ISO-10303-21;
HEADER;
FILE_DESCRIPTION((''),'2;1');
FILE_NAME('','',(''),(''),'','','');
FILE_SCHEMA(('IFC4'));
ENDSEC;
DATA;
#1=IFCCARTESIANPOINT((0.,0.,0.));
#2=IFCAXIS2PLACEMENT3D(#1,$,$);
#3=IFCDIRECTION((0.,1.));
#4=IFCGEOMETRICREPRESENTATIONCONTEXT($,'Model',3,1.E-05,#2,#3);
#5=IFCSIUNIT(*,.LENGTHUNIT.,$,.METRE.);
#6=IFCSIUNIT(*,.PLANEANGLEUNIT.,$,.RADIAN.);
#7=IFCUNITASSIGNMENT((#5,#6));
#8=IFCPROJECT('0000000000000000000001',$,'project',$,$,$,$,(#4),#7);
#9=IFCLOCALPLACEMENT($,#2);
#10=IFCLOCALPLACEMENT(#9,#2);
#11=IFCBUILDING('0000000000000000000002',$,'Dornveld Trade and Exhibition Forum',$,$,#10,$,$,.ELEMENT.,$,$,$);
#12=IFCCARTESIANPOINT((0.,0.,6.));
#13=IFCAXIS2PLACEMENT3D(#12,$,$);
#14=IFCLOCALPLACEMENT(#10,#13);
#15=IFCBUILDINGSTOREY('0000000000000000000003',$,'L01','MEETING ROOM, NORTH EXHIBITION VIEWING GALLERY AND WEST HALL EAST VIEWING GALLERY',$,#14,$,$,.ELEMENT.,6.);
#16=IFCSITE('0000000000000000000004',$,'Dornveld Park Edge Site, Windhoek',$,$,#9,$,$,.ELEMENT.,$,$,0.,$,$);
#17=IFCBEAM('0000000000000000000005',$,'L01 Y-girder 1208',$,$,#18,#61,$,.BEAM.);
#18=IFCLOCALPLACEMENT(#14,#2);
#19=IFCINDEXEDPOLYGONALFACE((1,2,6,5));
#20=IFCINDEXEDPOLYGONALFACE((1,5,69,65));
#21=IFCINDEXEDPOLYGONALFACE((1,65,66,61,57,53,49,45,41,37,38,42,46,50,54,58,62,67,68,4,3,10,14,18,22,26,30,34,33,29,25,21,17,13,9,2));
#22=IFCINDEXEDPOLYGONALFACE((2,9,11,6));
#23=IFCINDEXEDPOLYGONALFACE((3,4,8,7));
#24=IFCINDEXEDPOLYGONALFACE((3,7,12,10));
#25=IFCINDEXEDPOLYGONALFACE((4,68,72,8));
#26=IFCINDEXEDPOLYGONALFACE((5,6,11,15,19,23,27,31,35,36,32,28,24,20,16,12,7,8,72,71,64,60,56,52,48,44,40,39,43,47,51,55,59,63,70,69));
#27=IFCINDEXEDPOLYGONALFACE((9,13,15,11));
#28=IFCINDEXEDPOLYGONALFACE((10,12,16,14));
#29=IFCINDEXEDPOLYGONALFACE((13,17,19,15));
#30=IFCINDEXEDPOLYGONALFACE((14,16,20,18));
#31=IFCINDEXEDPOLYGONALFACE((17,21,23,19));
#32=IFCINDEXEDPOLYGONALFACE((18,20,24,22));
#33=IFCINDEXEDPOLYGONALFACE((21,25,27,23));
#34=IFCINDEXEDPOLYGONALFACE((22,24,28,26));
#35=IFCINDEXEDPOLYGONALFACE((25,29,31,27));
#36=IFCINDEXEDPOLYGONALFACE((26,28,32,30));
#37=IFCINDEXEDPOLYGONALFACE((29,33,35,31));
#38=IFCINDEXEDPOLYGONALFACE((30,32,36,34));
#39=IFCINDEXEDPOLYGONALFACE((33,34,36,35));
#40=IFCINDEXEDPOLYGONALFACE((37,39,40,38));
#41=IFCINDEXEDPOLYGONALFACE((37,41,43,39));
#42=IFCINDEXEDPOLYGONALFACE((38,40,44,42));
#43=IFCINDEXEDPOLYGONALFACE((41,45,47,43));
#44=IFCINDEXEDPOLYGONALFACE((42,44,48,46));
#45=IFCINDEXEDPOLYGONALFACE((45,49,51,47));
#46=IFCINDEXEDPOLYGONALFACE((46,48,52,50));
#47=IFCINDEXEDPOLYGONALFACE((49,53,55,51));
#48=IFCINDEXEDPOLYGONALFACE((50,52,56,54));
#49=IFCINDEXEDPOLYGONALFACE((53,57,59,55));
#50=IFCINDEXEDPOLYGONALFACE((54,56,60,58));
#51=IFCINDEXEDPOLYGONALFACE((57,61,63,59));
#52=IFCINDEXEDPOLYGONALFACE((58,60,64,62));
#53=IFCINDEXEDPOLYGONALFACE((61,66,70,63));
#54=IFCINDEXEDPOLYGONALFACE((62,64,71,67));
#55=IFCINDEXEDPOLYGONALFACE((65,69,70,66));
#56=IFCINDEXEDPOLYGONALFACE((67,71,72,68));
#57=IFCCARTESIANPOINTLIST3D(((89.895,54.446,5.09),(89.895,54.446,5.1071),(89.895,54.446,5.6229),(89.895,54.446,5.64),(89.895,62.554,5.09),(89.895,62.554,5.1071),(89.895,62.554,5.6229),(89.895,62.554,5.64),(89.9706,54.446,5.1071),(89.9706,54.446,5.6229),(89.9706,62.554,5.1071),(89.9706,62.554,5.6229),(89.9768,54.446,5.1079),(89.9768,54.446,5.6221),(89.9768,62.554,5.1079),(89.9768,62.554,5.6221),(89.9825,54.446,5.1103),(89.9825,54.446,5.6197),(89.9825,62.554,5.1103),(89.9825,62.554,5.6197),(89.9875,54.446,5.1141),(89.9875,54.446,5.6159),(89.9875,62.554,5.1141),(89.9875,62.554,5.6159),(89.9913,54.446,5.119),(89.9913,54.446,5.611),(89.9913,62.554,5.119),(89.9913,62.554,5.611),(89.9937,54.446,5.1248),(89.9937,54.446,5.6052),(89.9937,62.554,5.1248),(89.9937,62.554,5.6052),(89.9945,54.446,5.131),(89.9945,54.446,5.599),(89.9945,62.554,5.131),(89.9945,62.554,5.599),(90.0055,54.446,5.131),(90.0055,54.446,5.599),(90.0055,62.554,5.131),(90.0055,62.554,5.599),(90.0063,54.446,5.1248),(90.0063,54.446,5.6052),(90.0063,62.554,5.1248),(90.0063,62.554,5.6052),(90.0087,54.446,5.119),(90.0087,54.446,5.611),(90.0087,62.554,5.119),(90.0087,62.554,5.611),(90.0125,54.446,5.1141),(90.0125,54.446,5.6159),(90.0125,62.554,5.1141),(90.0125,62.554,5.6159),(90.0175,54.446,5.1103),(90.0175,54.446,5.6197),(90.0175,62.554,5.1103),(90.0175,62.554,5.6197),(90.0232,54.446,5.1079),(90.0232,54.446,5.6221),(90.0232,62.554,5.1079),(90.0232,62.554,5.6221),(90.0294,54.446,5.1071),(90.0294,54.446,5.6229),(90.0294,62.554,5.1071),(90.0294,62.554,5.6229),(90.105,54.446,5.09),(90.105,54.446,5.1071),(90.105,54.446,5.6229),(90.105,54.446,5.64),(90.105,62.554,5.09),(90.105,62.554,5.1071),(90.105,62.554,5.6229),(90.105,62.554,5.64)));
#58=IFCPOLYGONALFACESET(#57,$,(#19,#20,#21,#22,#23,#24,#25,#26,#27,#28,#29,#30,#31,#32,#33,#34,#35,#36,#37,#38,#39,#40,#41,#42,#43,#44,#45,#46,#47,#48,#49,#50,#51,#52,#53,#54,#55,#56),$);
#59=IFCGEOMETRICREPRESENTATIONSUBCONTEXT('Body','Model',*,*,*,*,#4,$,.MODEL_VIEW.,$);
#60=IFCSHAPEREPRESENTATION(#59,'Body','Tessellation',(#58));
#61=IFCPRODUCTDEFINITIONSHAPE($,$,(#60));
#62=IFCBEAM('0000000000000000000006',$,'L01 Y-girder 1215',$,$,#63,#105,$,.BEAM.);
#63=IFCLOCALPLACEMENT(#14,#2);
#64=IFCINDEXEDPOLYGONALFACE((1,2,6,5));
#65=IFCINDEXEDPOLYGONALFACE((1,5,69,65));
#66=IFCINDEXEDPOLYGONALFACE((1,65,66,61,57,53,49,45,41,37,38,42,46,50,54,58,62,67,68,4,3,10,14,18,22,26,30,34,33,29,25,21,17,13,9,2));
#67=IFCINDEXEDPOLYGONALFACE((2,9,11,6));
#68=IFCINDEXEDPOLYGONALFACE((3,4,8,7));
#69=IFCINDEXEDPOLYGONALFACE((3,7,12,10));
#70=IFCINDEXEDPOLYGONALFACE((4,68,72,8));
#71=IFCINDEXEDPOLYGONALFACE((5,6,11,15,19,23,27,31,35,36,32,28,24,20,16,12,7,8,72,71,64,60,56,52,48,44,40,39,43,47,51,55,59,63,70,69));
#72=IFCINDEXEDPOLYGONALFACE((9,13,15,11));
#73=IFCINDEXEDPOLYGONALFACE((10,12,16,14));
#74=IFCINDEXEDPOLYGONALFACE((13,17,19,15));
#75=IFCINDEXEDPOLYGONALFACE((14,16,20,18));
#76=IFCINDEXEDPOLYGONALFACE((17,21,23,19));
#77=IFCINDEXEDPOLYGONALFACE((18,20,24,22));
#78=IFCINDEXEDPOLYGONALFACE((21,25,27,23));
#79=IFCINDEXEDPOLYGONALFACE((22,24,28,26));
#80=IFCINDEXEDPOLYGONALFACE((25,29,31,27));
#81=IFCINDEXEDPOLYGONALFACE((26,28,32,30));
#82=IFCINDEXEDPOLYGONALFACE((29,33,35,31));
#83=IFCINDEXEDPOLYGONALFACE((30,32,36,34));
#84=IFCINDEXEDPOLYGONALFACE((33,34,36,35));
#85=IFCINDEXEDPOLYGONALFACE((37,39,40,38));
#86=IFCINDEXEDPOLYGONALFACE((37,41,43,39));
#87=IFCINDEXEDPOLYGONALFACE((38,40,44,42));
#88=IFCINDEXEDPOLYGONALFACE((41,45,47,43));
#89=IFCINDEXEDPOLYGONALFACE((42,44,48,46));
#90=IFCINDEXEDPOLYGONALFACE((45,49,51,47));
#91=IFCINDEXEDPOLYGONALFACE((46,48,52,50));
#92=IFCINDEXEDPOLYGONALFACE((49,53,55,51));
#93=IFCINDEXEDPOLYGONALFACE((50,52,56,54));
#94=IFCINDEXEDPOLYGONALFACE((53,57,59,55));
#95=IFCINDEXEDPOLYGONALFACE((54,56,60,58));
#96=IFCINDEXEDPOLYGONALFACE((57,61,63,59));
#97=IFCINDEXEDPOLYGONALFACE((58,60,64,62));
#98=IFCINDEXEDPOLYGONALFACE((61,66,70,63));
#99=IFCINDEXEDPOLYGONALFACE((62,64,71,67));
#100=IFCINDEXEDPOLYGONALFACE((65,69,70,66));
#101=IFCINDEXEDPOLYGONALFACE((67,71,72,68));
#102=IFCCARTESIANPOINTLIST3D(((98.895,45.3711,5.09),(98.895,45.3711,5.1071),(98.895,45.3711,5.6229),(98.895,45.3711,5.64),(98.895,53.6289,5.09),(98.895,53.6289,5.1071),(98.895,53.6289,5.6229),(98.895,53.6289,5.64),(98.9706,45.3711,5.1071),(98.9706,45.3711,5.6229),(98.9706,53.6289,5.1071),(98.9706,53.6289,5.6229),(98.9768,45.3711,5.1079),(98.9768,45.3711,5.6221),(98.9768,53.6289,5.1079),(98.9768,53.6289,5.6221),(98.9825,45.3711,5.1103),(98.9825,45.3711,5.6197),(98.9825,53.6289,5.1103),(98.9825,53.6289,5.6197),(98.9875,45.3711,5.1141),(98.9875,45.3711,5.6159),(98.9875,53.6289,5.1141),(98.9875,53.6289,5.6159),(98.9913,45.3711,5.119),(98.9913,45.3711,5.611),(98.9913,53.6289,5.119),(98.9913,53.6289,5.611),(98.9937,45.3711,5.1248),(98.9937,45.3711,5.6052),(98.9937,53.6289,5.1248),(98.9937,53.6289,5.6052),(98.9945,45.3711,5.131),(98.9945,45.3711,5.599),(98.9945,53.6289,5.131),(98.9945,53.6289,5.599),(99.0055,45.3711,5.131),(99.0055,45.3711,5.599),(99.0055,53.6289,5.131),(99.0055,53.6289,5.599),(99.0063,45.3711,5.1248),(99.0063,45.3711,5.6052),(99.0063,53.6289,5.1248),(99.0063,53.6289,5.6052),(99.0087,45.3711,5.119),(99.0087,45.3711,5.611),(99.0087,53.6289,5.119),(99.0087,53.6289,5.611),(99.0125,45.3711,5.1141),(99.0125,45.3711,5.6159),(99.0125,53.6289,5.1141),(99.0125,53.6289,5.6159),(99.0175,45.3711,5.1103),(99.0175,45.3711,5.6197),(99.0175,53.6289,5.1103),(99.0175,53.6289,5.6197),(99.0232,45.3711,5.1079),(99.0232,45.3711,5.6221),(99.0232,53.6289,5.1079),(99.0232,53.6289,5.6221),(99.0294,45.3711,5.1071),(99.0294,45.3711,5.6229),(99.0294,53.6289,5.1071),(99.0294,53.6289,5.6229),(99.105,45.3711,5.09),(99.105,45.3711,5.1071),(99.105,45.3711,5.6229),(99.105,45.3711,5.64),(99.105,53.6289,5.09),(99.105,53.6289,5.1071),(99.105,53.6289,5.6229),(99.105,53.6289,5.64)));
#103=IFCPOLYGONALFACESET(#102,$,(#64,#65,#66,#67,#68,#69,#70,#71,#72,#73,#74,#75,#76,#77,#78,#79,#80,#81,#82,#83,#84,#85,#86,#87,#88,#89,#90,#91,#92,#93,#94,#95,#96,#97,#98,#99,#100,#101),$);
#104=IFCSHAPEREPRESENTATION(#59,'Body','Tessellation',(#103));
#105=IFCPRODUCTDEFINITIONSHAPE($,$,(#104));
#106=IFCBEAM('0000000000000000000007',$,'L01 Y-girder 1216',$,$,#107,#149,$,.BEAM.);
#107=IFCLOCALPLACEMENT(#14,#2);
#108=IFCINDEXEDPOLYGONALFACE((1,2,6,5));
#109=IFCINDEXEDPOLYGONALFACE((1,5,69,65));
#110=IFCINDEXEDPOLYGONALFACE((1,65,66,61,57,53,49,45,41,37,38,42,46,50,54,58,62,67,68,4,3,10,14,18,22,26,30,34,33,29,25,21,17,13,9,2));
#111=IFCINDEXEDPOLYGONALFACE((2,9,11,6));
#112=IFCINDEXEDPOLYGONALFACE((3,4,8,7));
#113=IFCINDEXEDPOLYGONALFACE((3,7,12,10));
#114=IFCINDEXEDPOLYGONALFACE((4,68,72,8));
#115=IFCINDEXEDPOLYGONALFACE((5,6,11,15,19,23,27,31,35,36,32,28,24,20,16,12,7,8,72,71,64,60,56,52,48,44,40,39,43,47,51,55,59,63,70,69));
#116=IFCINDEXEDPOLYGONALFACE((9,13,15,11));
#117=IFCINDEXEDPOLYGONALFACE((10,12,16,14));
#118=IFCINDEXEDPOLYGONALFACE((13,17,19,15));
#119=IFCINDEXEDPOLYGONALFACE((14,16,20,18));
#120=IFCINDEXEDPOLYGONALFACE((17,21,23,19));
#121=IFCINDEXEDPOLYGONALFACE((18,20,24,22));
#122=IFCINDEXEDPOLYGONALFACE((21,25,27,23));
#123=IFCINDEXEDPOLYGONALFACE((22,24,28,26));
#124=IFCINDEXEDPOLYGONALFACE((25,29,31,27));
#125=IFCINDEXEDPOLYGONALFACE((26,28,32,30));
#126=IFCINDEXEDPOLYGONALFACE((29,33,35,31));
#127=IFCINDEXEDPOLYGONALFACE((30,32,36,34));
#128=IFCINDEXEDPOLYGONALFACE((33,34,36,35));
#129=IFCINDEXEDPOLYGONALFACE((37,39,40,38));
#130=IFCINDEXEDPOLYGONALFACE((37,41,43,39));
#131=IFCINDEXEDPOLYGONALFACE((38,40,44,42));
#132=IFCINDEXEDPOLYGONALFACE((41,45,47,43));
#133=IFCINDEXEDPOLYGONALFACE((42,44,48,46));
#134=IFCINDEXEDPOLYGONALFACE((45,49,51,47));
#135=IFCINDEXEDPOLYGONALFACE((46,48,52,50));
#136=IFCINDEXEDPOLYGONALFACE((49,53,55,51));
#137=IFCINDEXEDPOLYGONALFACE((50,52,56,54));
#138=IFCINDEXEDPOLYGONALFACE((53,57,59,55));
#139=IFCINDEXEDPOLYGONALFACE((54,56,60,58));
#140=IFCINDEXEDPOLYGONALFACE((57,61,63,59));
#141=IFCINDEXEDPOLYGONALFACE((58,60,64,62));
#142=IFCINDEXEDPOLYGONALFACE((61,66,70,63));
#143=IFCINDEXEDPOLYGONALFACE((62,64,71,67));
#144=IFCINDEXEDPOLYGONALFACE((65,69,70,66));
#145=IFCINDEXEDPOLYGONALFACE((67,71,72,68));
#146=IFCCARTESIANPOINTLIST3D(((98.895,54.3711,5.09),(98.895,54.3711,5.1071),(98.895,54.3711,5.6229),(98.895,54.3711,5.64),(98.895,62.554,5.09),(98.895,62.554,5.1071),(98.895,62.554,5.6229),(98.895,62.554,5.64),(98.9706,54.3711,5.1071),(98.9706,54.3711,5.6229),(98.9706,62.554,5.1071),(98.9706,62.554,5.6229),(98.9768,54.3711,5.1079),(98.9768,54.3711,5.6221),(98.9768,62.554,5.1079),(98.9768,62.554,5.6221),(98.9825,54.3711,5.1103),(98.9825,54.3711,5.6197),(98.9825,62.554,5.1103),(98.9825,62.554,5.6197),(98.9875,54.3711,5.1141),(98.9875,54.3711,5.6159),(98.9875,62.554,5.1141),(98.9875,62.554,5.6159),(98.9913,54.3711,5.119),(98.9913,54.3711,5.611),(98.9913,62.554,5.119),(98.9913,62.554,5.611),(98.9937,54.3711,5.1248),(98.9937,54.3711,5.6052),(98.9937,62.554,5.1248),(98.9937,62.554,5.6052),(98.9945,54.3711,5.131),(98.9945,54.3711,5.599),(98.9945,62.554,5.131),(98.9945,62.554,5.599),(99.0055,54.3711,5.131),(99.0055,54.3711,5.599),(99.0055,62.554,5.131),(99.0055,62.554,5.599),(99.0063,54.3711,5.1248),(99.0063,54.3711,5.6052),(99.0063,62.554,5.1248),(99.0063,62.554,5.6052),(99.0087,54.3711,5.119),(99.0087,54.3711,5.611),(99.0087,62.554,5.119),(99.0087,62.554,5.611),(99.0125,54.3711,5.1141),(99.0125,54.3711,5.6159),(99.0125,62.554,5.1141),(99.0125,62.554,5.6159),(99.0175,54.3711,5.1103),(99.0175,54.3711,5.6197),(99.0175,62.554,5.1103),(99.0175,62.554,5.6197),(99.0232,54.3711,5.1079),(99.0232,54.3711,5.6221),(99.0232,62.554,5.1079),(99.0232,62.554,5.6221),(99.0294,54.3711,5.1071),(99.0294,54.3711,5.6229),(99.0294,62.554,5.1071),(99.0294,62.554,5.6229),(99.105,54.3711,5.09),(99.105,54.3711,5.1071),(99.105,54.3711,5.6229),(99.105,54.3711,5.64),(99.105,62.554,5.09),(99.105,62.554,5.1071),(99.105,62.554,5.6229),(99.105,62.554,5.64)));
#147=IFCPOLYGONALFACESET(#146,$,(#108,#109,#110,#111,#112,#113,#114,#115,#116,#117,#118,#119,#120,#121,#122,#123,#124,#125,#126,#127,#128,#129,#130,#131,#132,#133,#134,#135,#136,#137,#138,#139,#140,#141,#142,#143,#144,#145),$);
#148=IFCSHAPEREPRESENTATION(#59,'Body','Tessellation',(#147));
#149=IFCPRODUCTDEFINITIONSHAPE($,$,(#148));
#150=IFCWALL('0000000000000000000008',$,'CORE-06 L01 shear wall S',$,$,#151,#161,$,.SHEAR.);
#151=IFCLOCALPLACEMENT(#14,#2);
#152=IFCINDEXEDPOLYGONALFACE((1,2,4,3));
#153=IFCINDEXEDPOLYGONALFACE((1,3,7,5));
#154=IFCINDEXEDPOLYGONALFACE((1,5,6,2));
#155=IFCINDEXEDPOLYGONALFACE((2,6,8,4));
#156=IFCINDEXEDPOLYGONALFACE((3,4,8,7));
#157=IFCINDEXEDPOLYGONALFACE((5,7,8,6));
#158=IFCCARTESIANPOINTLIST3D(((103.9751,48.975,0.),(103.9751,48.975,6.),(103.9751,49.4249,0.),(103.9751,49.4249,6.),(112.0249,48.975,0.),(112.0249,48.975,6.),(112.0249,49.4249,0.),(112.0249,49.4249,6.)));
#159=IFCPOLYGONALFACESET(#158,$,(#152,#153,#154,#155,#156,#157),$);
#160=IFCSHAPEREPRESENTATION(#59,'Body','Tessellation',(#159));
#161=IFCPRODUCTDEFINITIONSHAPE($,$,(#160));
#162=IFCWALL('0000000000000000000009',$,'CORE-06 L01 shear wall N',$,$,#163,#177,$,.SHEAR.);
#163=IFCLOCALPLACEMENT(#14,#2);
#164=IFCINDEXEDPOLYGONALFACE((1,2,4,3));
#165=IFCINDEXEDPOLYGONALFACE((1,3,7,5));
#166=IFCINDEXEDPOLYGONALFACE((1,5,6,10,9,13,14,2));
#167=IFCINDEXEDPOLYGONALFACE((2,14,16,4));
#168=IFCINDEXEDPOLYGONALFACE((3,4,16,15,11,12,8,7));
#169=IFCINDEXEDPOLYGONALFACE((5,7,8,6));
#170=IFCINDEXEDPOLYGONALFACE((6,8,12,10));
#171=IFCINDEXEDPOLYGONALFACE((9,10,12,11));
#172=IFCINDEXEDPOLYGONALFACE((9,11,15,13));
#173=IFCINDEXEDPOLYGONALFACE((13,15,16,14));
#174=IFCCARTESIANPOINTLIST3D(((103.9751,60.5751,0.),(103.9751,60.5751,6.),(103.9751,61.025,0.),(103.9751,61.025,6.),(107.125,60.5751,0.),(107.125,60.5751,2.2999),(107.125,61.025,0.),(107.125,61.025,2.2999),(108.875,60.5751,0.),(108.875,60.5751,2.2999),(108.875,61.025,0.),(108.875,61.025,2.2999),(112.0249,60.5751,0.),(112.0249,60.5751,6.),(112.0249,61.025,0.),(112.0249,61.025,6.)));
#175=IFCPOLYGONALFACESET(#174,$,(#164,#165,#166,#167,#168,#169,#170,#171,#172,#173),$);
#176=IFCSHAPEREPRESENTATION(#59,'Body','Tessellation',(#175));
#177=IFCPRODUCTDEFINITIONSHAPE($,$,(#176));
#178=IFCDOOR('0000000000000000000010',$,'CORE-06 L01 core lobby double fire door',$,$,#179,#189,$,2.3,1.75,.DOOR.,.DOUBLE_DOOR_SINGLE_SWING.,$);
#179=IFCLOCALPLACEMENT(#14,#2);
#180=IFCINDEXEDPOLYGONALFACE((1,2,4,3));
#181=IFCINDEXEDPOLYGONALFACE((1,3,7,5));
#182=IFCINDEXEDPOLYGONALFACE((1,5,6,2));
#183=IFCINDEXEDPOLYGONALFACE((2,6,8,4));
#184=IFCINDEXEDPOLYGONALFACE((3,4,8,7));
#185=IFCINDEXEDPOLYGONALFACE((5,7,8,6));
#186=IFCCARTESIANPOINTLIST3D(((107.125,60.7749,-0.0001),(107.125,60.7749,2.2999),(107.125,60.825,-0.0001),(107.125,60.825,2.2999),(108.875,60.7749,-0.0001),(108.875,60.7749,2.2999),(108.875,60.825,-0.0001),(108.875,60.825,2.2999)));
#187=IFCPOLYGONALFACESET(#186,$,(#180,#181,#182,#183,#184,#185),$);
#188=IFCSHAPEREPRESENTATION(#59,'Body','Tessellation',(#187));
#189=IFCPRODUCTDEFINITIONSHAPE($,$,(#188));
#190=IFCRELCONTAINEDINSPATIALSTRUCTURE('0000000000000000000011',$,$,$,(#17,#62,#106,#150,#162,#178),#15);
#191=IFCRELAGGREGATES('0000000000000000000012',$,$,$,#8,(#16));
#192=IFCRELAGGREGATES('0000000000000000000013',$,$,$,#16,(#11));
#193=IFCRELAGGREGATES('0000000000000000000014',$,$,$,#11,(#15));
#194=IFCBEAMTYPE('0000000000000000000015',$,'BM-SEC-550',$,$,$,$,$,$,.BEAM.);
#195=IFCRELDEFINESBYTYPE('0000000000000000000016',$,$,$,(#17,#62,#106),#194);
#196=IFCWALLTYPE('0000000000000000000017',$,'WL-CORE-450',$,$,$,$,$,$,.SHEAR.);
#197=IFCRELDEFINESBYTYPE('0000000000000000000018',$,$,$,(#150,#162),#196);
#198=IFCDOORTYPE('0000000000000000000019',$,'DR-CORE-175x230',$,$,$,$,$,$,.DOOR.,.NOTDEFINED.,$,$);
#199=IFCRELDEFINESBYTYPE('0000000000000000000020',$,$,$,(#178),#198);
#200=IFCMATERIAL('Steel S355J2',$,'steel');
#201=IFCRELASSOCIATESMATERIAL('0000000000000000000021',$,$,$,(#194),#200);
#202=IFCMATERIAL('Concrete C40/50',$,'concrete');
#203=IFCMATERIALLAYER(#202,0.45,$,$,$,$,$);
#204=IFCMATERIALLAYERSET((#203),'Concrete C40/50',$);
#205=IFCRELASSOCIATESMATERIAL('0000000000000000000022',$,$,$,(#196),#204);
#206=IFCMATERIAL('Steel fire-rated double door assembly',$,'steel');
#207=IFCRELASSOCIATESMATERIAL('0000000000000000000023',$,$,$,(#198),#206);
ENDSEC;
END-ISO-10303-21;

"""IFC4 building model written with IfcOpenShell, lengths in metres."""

from ifc_helpers import new_model, si_unit, direction, frame, frame_2d, origin, origin_2d, place, context, subcontext, project, spatial, rectangle, i_section, extrude, material, layer, layer_set, material_profile, profile_set, type_object, element, fill, save


model = new_model("IFC4")

# Units and contexts
model_context = context("Model", 3, precision=1e-05, world=origin(), true_north=direction((0.0, 1.0)))
body_context = subcontext(model_context, "Body", "Model", "MODEL_VIEW")
ifc_project = project(units=[si_unit("LENGTHUNIT", "METRE"), si_unit("PLANEANGLEUNIT", "RADIAN")], contexts=[model_context])

# Site, building, storey
site_placement = place(None, origin())
site = spatial("IfcSite", under=ifc_project, at=site_placement, Name="Dornveld Park Edge Site, Windhoek", CompositionType="ELEMENT", RefElevation=0.0)
building_placement = place(site_placement, origin())
building = spatial("IfcBuilding", under=site, at=building_placement, Name="Dornveld Trade and Exhibition Forum", CompositionType="ELEMENT")
storey_placement = place(building_placement, frame((0.0, 0.0, 6.0)))
storey = spatial("IfcBuildingStorey", under=building, at=storey_placement, Name="L01", Description="MEETING ROOM, NORTH EXHIBITION VIEWING GALLERY AND WEST HALL EAST VIEWING GALLERY", CompositionType="ELEMENT", Elevation=6.0)

# Beams
ifc_material_1 = material(Name="Steel S355J2", Category="steel")
ifc_material_profile_1 = material_profile(ifc_material_1, i_section(OverallWidth=0.21, OverallDepth=0.55, WebThickness=0.011, FlangeThickness=0.0171, FilletRadius=0.0239, at=origin_2d()), Name="IPE 550")
ifc_profile_set_1 = profile_set([ifc_material_profile_1], Name="Steel S355J2")
beam_type_1 = type_object("IfcBeamType", Name="BM-SEC-550", PredefinedType="BEAM", material=ifc_profile_set_1)
for number, where, z_axis, x_axis, name in (
    (1, (90.0, 54.446, 5.365), (0.0, 1.0, 0.0), (-1.0, 0.0, 0.0), "L01 Y-girder 1208"),
):
    element("IfcBeam", number, at=place(storey_placement, frame(where, z_axis=z_axis, x_axis=x_axis)), inside=storey, type_object=beam_type_1, Name=name, PredefinedType="BEAM", context=body_context, shape_type="SweptSolid", body=[
        extrude(i_section(OverallWidth=0.21, OverallDepth=0.55, WebThickness=0.011, FlangeThickness=0.0171, FilletRadius=0.0239, at=origin_2d()), origin(), (0.0, 0.0, 1.0), 8.1079),
    ])
beam_1_placement = place(storey_placement, frame((99.0, 45.3711, 5.365), z_axis=(0.0, 1.0, 0.0), x_axis=(-1.0, 0.0, 0.0)))
element("IfcBeam", 2, at=beam_1_placement, inside=storey, type_object=beam_type_1, Name="L01 Y-girder 1215", PredefinedType="BEAM", context=body_context, shape_type="SweptSolid", body=[
    extrude(i_section(OverallWidth=0.21, OverallDepth=0.55, WebThickness=0.011, FlangeThickness=0.0171, FilletRadius=0.0239, at=origin_2d()), origin(), (0.0, 0.0, 1.0), 8.2578),
])
beam_2_placement = place(storey_placement, frame((99.0, 54.3711, 5.365), z_axis=(0.0, 1.0, 0.0), x_axis=(-1.0, 0.0, 0.0)))
element("IfcBeam", 3, at=beam_2_placement, inside=storey, type_object=beam_type_1, Name="L01 Y-girder 1216", PredefinedType="BEAM", context=body_context, shape_type="SweptSolid", body=[
    extrude(i_section(OverallWidth=0.21, OverallDepth=0.55, WebThickness=0.011, FlangeThickness=0.0171, FilletRadius=0.0239, at=origin_2d()), origin(), (0.0, 0.0, 1.0), 8.1829),
])

# Wall
ifc_material_2 = material(Name="Concrete C40/50", Category="concrete")
ifc_layer_1 = layer(ifc_material_2, 0.45)
ifc_layer_set_1 = layer_set([ifc_layer_1], Name="Concrete C40/50")
wall_type_1 = type_object("IfcWallType", Name="WL-CORE-450", PredefinedType="SHEAR", material=ifc_layer_set_1)
wall_1_placement = place(storey_placement, frame((103.9751, 49.2, 0.0), z_axis=(0.0, 0.0, 1.0), x_axis=(1.0, 0.0, 0.0)))
element("IfcWall", 4, at=wall_1_placement, inside=storey, type_object=wall_type_1, Name="CORE-06 L01 shear wall S", PredefinedType="SHEAR", context=body_context, shape_type="SweptSolid", body=[
    extrude(rectangle(XDim=8.0498, YDim=0.45, at=frame_2d((4.0249, 0.0))), origin(), (0.0, 0.0, 1.0), 6.0),
])

# Wall, opening, door
wall_2_placement = place(storey_placement, frame((103.9751, 60.8, 0.0), z_axis=(0.0, 0.0, 1.0), x_axis=(1.0, 0.0, 0.0)))
wall_2 = element("IfcWall", 5, at=wall_2_placement, inside=storey, type_object=wall_type_1, Name="CORE-06 L01 shear wall N", PredefinedType="SHEAR", context=body_context, shape_type="SweptSolid", body=[
    extrude(rectangle(XDim=8.0498, YDim=0.45, at=frame_2d((4.0249, 0.0))), origin(), (0.0, 0.0, 1.0), 6.0),
])
opening_1_placement = place(wall_2_placement, frame((3.1499, 0.0, 0.0)))
opening_1 = element("IfcOpeningElement", 6, at=opening_1_placement, cuts=wall_2, PredefinedType="OPENING", context=body_context, shape_type="SweptSolid", body=[
    extrude(rectangle(XDim=1.75, YDim=2.3, at=frame_2d((0.875, 1.1499))), frame((0.0, 0.2349, 0.0), z_axis=(0.0, -1.0, 0.0), x_axis=(1.0, 0.0, 0.0)), (0.0, 0.0, 1.0), 0.47),
])
ifc_material_3 = material(Name="Steel fire-rated double door assembly", Category="steel")
door_type_1 = type_object("IfcDoorType", Name="DR-CORE-175x230", OperationType="NOTDEFINED", PredefinedType="DOOR", material=ifc_material_3)
door_1_placement = place(opening_1_placement, origin())
door_1 = element("IfcDoor", 7, at=door_1_placement, inside=storey, type_object=door_type_1, Name="CORE-06 L01 core lobby double fire door", OperationType="DOUBLE_DOOR_SINGLE_SWING", OverallHeight=2.3, OverallWidth=1.75, PredefinedType="DOOR", context=body_context, shape_type="SweptSolid", body=[
    extrude(rectangle(XDim=1.75, YDim=2.3, at=frame_2d((0.875, 1.1499))), frame((0.0, 0.0249, 0.0), z_axis=(0.0, -1.0, 0.0), x_axis=(1.0, 0.0, 0.0)), (0.0, 0.0, 1.0), 0.05),
])
fill(opening_1, door_1)

save(model, "model.ifc")
